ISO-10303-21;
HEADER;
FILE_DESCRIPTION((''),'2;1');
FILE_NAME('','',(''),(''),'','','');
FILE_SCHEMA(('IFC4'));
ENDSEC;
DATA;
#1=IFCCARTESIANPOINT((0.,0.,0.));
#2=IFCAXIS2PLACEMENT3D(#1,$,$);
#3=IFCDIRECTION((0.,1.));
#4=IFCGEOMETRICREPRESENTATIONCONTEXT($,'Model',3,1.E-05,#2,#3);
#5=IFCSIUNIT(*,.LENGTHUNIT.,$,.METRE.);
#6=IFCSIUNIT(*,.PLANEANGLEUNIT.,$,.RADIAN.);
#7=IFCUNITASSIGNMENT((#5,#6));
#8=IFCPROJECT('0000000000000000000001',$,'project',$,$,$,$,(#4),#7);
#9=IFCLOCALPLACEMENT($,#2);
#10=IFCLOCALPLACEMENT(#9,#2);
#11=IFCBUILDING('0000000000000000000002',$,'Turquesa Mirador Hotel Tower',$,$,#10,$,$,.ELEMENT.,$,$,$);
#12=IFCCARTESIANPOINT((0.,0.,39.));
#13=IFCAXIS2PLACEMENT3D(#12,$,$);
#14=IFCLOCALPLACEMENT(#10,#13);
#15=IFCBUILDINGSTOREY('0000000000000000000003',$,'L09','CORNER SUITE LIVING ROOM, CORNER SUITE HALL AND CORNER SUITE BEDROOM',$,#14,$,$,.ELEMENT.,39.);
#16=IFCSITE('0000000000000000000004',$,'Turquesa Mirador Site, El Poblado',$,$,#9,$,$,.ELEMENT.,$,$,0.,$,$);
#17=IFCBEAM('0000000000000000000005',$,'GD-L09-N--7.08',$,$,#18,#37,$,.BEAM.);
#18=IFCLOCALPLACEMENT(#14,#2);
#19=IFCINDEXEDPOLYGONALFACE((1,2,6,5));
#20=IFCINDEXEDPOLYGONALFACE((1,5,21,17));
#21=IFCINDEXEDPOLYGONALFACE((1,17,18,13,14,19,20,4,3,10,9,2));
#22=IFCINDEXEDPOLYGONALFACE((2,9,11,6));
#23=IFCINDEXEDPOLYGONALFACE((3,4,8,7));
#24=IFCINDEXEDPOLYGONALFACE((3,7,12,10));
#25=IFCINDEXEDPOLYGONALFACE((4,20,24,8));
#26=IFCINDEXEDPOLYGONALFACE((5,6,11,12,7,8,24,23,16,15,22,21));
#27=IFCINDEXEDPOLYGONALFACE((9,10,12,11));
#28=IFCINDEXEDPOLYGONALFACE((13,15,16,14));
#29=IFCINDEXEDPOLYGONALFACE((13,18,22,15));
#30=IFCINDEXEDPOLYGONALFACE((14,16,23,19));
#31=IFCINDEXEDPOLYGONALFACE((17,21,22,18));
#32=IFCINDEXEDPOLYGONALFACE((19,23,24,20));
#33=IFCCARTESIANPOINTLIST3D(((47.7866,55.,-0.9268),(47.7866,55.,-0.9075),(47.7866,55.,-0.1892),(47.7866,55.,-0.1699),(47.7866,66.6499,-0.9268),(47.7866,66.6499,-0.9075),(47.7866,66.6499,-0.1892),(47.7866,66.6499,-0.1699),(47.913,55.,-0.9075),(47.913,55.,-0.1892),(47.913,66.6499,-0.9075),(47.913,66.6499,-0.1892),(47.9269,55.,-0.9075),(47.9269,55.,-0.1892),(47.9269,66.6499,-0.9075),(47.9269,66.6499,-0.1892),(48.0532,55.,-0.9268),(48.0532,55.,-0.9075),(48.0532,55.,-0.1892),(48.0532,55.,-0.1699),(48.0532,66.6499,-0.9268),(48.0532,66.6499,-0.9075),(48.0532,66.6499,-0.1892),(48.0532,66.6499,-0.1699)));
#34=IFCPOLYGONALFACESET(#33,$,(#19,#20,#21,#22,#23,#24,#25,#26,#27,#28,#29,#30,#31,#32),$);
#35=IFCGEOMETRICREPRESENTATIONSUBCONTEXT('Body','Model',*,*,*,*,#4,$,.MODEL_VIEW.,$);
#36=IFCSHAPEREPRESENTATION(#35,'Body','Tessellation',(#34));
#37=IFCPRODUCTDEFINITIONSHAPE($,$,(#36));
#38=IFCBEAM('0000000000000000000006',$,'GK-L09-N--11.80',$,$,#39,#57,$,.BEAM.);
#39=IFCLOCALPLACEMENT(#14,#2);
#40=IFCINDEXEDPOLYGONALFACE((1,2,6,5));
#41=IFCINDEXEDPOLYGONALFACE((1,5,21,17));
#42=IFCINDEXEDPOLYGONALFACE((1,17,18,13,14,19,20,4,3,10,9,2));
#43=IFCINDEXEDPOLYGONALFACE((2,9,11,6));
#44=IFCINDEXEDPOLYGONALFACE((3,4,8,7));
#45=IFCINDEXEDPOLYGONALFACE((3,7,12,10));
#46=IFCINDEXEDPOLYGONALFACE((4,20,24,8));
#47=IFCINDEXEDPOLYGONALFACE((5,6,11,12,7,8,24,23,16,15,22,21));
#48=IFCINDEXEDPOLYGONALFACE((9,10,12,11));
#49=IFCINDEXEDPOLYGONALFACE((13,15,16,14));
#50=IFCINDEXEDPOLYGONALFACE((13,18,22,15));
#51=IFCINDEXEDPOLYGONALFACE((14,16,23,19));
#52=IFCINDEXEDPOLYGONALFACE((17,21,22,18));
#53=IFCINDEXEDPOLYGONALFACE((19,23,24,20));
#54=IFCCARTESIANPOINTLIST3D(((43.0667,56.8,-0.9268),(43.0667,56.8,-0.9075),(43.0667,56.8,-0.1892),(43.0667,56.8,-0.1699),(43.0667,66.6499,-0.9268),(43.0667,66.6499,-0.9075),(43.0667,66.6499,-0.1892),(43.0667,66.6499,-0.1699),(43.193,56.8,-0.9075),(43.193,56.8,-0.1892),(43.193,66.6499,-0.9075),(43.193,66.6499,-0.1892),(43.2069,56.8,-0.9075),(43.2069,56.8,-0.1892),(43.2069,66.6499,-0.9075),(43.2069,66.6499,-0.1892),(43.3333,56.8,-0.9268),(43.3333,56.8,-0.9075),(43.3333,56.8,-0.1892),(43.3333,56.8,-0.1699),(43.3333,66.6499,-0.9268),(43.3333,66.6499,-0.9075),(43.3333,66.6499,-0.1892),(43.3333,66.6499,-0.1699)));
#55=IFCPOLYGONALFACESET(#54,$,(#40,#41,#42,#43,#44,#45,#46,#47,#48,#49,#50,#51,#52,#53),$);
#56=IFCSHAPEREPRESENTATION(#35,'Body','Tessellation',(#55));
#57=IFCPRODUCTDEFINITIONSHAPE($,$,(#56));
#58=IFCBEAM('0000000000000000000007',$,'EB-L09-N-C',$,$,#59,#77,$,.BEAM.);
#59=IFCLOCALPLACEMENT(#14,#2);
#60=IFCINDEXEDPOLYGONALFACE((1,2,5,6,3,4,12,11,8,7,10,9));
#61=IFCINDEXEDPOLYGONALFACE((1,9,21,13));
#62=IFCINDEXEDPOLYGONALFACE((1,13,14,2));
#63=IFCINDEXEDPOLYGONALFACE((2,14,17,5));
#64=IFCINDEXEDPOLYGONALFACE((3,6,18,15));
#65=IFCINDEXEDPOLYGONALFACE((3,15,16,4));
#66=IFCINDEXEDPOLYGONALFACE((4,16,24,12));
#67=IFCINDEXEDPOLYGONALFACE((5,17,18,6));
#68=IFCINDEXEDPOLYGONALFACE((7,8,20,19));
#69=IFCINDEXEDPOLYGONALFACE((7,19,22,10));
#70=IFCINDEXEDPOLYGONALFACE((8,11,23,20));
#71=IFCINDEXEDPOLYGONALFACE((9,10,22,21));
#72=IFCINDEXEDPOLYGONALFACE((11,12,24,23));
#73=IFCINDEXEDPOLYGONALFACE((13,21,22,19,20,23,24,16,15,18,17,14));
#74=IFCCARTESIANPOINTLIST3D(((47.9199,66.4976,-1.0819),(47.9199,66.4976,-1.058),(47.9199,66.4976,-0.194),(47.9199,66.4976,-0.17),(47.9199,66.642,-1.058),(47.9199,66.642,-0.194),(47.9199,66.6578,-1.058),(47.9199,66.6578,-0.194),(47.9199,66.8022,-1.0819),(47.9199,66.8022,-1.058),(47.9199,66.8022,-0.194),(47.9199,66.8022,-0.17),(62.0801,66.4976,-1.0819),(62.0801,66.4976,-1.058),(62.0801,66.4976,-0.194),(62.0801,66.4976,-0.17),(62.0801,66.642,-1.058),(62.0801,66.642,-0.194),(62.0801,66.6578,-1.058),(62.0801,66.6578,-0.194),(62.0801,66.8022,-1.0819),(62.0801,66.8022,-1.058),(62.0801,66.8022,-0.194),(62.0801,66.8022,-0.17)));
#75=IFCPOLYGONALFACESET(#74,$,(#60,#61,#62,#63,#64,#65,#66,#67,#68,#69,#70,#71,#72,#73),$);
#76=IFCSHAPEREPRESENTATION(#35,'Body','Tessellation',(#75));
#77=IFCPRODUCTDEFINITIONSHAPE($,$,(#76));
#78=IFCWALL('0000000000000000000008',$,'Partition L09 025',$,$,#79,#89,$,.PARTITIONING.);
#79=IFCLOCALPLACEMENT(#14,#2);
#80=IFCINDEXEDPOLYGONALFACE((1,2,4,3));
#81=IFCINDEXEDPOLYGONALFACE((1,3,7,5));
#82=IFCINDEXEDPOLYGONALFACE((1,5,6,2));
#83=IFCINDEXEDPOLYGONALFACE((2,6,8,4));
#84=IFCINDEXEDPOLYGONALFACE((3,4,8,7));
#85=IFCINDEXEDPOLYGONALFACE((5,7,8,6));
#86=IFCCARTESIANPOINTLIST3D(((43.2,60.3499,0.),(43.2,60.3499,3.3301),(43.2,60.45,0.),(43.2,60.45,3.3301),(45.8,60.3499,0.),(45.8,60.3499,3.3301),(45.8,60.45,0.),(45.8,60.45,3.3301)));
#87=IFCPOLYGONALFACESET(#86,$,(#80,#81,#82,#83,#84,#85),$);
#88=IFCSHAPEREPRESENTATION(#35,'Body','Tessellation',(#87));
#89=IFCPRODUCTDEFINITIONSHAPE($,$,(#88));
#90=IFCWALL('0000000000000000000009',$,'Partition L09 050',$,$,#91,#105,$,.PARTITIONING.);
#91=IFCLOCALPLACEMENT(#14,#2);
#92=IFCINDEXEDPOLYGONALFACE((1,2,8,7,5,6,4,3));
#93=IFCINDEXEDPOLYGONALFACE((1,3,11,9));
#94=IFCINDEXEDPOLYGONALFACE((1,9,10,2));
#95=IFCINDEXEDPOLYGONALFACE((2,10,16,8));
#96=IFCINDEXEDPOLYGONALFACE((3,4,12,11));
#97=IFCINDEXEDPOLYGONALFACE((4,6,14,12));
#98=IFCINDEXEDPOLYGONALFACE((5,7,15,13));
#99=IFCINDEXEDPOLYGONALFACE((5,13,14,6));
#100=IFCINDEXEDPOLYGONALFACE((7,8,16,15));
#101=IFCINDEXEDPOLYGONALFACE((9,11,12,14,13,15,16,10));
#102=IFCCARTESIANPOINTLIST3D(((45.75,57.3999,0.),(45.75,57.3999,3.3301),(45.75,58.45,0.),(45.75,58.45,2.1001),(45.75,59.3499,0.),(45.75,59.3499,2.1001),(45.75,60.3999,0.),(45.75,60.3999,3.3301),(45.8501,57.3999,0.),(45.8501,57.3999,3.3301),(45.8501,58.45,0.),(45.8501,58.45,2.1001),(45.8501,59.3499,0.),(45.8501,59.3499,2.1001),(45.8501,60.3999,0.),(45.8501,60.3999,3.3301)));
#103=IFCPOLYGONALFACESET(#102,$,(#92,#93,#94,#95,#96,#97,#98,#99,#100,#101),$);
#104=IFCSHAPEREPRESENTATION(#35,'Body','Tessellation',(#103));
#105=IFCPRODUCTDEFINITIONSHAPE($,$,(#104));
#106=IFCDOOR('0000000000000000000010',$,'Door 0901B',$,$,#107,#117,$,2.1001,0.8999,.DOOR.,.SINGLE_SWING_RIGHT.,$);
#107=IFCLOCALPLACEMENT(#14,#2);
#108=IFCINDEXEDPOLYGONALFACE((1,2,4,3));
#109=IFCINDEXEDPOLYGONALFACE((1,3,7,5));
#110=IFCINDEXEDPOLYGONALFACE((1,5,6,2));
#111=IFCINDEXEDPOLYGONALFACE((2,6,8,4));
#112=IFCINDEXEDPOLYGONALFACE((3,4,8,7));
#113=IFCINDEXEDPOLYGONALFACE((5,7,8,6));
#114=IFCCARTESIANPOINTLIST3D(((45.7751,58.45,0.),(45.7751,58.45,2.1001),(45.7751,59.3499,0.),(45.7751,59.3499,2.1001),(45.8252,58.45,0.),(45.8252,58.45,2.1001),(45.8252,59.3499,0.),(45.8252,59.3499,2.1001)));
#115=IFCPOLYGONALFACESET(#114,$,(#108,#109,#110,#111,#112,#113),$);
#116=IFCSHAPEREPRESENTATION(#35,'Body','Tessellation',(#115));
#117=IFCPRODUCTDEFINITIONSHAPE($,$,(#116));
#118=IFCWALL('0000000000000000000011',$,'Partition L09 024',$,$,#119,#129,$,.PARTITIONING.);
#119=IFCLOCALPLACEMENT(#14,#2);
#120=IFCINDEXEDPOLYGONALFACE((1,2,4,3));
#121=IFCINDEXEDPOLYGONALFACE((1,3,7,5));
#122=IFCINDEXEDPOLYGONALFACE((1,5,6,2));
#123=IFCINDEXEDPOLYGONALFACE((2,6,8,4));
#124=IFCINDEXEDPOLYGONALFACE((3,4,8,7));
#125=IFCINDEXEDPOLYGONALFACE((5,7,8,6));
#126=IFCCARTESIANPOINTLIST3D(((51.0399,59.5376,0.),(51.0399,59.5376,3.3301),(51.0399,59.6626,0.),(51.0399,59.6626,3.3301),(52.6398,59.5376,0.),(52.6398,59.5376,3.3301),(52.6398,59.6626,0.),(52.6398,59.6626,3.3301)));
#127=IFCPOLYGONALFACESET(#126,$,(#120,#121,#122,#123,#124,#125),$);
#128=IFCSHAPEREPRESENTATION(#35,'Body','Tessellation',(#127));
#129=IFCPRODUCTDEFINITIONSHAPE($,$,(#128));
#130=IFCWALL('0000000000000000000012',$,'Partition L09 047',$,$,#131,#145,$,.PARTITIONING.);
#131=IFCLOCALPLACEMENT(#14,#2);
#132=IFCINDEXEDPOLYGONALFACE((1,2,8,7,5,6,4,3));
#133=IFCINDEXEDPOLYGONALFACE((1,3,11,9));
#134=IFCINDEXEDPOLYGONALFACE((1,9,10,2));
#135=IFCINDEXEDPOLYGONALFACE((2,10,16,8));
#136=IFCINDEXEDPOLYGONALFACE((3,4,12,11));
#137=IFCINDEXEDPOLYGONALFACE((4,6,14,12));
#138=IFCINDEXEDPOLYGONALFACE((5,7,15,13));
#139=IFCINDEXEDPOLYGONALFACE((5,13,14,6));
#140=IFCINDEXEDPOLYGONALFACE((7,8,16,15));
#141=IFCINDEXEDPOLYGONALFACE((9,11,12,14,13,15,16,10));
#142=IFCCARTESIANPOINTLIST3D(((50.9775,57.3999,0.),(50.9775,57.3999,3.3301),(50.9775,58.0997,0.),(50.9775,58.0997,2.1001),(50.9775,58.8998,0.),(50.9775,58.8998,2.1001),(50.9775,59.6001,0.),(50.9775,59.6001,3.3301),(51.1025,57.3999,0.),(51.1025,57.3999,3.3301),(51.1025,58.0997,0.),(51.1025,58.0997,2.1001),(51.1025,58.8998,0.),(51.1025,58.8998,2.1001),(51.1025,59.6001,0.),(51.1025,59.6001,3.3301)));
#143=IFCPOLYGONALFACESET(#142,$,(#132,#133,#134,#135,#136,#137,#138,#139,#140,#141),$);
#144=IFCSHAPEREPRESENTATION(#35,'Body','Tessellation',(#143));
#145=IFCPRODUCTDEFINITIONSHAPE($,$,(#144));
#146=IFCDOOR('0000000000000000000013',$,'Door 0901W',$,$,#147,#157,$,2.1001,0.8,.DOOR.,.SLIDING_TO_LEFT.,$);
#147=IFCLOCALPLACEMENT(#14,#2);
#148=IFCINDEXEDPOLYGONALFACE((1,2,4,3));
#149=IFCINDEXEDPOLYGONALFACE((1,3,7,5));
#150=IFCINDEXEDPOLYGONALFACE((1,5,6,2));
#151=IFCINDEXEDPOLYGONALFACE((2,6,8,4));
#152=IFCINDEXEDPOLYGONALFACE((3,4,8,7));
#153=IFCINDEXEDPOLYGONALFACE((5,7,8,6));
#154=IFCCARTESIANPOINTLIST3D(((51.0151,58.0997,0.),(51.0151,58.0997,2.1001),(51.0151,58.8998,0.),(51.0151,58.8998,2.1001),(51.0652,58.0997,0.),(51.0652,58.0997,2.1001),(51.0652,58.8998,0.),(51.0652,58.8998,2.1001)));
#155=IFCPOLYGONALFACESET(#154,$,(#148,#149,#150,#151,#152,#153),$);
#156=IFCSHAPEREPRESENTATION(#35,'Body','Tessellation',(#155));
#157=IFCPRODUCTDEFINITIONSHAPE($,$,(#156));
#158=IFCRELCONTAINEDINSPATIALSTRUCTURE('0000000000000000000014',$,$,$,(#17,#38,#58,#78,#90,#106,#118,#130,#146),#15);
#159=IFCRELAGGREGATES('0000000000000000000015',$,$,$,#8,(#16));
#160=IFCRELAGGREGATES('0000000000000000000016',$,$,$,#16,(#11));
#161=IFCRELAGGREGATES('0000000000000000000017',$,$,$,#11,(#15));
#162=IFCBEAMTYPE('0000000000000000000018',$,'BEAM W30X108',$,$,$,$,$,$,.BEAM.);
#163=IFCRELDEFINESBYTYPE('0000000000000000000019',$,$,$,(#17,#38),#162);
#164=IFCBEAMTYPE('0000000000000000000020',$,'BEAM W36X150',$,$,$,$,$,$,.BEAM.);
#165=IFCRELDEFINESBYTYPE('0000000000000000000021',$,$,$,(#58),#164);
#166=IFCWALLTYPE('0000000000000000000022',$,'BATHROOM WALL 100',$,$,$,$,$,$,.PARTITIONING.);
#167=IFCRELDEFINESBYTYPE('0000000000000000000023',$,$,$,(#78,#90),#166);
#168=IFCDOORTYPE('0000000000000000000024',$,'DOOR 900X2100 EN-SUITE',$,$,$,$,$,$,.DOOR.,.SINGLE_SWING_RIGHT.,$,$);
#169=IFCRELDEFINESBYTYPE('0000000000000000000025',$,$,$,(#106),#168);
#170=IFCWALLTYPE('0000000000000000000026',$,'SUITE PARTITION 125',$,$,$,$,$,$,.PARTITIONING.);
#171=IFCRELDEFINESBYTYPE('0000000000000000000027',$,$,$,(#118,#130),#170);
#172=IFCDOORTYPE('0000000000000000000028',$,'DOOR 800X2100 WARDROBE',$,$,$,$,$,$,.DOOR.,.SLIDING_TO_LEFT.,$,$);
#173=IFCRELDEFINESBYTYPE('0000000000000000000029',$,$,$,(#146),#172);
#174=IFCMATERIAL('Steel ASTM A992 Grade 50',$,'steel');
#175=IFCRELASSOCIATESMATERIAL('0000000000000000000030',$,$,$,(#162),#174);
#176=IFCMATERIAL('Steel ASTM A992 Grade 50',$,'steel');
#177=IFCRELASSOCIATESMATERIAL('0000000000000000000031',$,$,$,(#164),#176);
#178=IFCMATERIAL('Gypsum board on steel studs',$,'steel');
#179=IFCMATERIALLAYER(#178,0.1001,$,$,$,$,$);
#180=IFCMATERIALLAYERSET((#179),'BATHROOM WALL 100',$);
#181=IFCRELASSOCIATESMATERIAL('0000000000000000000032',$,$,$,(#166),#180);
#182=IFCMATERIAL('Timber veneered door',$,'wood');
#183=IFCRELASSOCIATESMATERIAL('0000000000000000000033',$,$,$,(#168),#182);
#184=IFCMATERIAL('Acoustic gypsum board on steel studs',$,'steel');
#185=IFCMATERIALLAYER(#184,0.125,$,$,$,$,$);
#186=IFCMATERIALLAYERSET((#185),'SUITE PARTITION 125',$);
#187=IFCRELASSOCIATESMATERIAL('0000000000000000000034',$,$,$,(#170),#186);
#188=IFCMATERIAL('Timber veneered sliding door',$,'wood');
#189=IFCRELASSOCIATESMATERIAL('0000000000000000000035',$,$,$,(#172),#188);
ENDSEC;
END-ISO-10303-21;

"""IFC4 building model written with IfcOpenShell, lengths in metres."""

from ifc_helpers import new_model, si_unit, direction, frame, frame_2d, origin, origin_2d, place, context, subcontext, project, spatial, rectangle, i_section, extrude, material, layer, layer_set, material_profile, profile_set, type_object, element, fill, save


model = new_model("IFC4")

# Units and contexts
model_context = context("Model", 3, precision=1e-05, world=origin(), true_north=direction((0.0, 1.0)))
body_context = subcontext(model_context, "Body", "Model", "MODEL_VIEW")
ifc_project = project(units=[si_unit("LENGTHUNIT", "METRE"), si_unit("PLANEANGLEUNIT", "RADIAN")], contexts=[model_context])

# Site, building, storey
site_placement = place(None, origin())
site = spatial("IfcSite", under=ifc_project, at=site_placement, Name="Turquesa Mirador Site, El Poblado", CompositionType="ELEMENT", RefElevation=0.0)
building_placement = place(site_placement, origin())
building = spatial("IfcBuilding", under=site, at=building_placement, Name="Turquesa Mirador Hotel Tower", CompositionType="ELEMENT")
storey_placement = place(building_placement, frame((0.0, 0.0, 39.0)))
storey = spatial("IfcBuildingStorey", under=building, at=storey_placement, Name="L09", Description="CORNER SUITE LIVING ROOM, CORNER SUITE HALL AND CORNER SUITE BEDROOM", CompositionType="ELEMENT", Elevation=39.0)

# Beams
ifc_material_1 = material(Name="Steel ASTM A992 Grade 50", Category="steel")
ifc_material_profile_1 = material_profile(ifc_material_1, i_section(OverallWidth=0.2666, OverallDepth=0.7568, WebThickness=0.0139, FlangeThickness=0.0193, at=origin_2d()), Name="W30X108")
ifc_profile_set_1 = profile_set([ifc_material_profile_1], Name="Steel ASTM A992 Grade 50")
beam_type_1 = type_object("IfcBeamType", Name="BEAM W30X108", PredefinedType="BEAM", material=ifc_profile_set_1)
beam_1_placement = place(storey_placement, frame((47.9199, 66.6499, -0.5483), z_axis=(0.0, -1.0, 0.0), x_axis=(1.0, 0.0, 0.0)))
element("IfcBeam", 1, at=beam_1_placement, inside=storey, type_object=beam_type_1, Name="GD-L09-N--7.08", PredefinedType="BEAM", context=body_context, shape_type="SweptSolid", body=[
    extrude(i_section(OverallWidth=0.2666, OverallDepth=0.7568, WebThickness=0.0139, FlangeThickness=0.0193, at=origin_2d()), origin(), (0.0, 0.0, 1.0), 11.6499),
])
beam_2_placement = place(storey_placement, frame((43.2, 66.6499, -0.5483), z_axis=(0.0, -1.0, 0.0), x_axis=(1.0, 0.0, 0.0)))
element("IfcBeam", 2, at=beam_2_placement, inside=storey, type_object=beam_type_1, Name="GK-L09-N--11.80", PredefinedType="BEAM", context=body_context, shape_type="SweptSolid", body=[
    extrude(i_section(OverallWidth=0.2666, OverallDepth=0.7568, WebThickness=0.0139, FlangeThickness=0.0193, at=origin_2d()), origin(), (0.0, 0.0, 1.0), 9.8499),
])
ifc_material_2 = material(Name="Steel ASTM A992 Grade 50", Category="steel")
ifc_material_profile_2 = material_profile(ifc_material_2, i_section(OverallWidth=0.3047, OverallDepth=0.9119, WebThickness=0.0159, FlangeThickness=0.0239, at=origin_2d()), Name="W36X150")
ifc_profile_set_2 = profile_set([ifc_material_profile_2], Name="Steel ASTM A992 Grade 50")
beam_type_2 = type_object("IfcBeamType", Name="BEAM W36X150", PredefinedType="BEAM", material=ifc_profile_set_2)
beam_3_placement = place(storey_placement, frame((47.9199, 66.6499, -0.626), z_axis=(1.0, 0.0, 0.0), x_axis=(0.0, 1.0, 0.0)))
element("IfcBeam", 3, at=beam_3_placement, inside=storey, type_object=beam_type_2, Name="EB-L09-N-C", PredefinedType="BEAM", context=body_context, shape_type="SweptSolid", body=[
    extrude(i_section(OverallWidth=0.3047, OverallDepth=0.9119, WebThickness=0.0159, FlangeThickness=0.0239, at=origin_2d()), origin(), (0.0, 0.0, 1.0), 14.1602),
])

# Wall
ifc_material_3 = material(Name="Gypsum board on steel studs", Category="steel")
ifc_layer_1 = layer(ifc_material_3, 0.1001)
ifc_layer_set_1 = layer_set([ifc_layer_1], Name="BATHROOM WALL 100")
wall_type_1 = type_object("IfcWallType", Name="BATHROOM WALL 100", PredefinedType="PARTITIONING", material=ifc_layer_set_1)
wall_1_placement = place(storey_placement, frame((43.2, 60.3999, 0.0), z_axis=(0.0, 0.0, 1.0), x_axis=(1.0, 0.0, 0.0)))
element("IfcWall", 4, at=wall_1_placement, inside=storey, type_object=wall_type_1, Name="Partition L09 025", PredefinedType="PARTITIONING", context=body_context, shape_type="SweptSolid", body=[
    extrude(rectangle(XDim=2.6001, YDim=0.1001, at=frame_2d((1.3, 0.0))), origin(), (0.0, 0.0, 1.0), 3.3301),
])

# Wall, opening, door
wall_2_placement = place(storey_placement, frame((45.8, 57.3999, 0.0), z_axis=(0.0, 0.0, 1.0), x_axis=(0.0, 1.0, 0.0)))
wall_2 = element("IfcWall", 5, at=wall_2_placement, inside=storey, type_object=wall_type_1, Name="Partition L09 050", PredefinedType="PARTITIONING", context=body_context, shape_type="SweptSolid", body=[
    extrude(rectangle(XDim=3.0, YDim=0.1001, at=frame_2d((1.5, 0.0))), origin(), (0.0, 0.0, 1.0), 3.3301),
])
opening_1_placement = place(wall_2_placement, frame((1.05, 0.0, 0.0)))
opening_1 = element("IfcOpeningElement", 6, at=opening_1_placement, cuts=wall_2, PredefinedType="OPENING", context=body_context, shape_type="SweptSolid", body=[
    extrude(rectangle(XDim=0.8999, YDim=2.1001, at=frame_2d((0.45, 1.05))), frame((0.0, 0.0601, 0.0), z_axis=(0.0, -1.0, 0.0), x_axis=(1.0, 0.0, 0.0)), (0.0, 0.0, 1.0), 0.1201),
])
ifc_material_4 = material(Name="Timber veneered door", Category="wood")
door_type_1 = type_object("IfcDoorType", Name="DOOR 900X2100 EN-SUITE", OperationType="SINGLE_SWING_RIGHT", PredefinedType="DOOR", material=ifc_material_4)
door_1_placement = place(opening_1_placement, origin())
door_1 = element("IfcDoor", 7, at=door_1_placement, inside=storey, type_object=door_type_1, Name="Door 0901B", OperationType="SINGLE_SWING_RIGHT", OverallHeight=2.1001, OverallWidth=0.8999, PredefinedType="DOOR", context=body_context, shape_type="SweptSolid", body=[
    extrude(rectangle(XDim=0.8999, YDim=2.1001, at=frame_2d((0.45, 1.05))), frame((0.0, 0.0249, 0.0), z_axis=(0.0, -1.0, 0.0), x_axis=(1.0, 0.0, 0.0)), (0.0, 0.0, 1.0), 0.05),
])
fill(opening_1, door_1)

# Wall
ifc_material_5 = material(Name="Acoustic gypsum board on steel studs", Category="steel")
ifc_layer_2 = layer(ifc_material_5, 0.125)
ifc_layer_set_2 = layer_set([ifc_layer_2], Name="SUITE PARTITION 125")
wall_type_2 = type_object("IfcWallType", Name="SUITE PARTITION 125", PredefinedType="PARTITIONING", material=ifc_layer_set_2)
wall_3_placement = place(storey_placement, frame((51.04, 59.6001, 0.0), z_axis=(0.0, 0.0, 1.0), x_axis=(1.0, 0.0, 0.0)))
element("IfcWall", 8, at=wall_3_placement, inside=storey, type_object=wall_type_2, Name="Partition L09 024", PredefinedType="PARTITIONING", context=body_context, shape_type="SweptSolid", body=[
    extrude(rectangle(XDim=1.5999, YDim=0.125, at=frame_2d((0.7998, 0.0))), origin(), (0.0, 0.0, 1.0), 3.3301),
])

# Wall, opening, door
wall_4_placement = place(storey_placement, frame((51.04, 57.3999, 0.0), z_axis=(0.0, 0.0, 1.0), x_axis=(0.0, 1.0, 0.0)))
wall_4 = element("IfcWall", 9, at=wall_4_placement, inside=storey, type_object=wall_type_2, Name="Partition L09 047", PredefinedType="PARTITIONING", context=body_context, shape_type="SweptSolid", body=[
    extrude(rectangle(XDim=2.2002, YDim=0.125, at=frame_2d((1.1001, 0.0))), origin(), (0.0, 0.0, 1.0), 3.3301),
])
opening_2_placement = place(wall_4_placement, frame((0.7, 0.0, 0.0)))
opening_2 = element("IfcOpeningElement", 10, at=opening_2_placement, cuts=wall_4, PredefinedType="OPENING", context=body_context, shape_type="SweptSolid", body=[
    extrude(rectangle(XDim=0.8, YDim=2.1001, at=frame_2d((0.3999, 1.05))), frame((0.0, 0.0725, 0.0), z_axis=(0.0, -1.0, 0.0), x_axis=(1.0, 0.0, 0.0)), (0.0, 0.0, 1.0), 0.145),
])
ifc_material_6 = material(Name="Timber veneered sliding door", Category="wood")
door_type_2 = type_object("IfcDoorType", Name="DOOR 800X2100 WARDROBE", OperationType="SLIDING_TO_LEFT", PredefinedType="DOOR", material=ifc_material_6)
door_2_placement = place(opening_2_placement, origin())
door_2 = element("IfcDoor", 11, at=door_2_placement, inside=storey, type_object=door_type_2, Name="Door 0901W", OperationType="SLIDING_TO_LEFT", OverallHeight=2.1001, OverallWidth=0.8, PredefinedType="DOOR", context=body_context, shape_type="SweptSolid", body=[
    extrude(rectangle(XDim=0.8, YDim=2.1001, at=frame_2d((0.3999, 1.05))), frame((0.0, 0.0249, 0.0), z_axis=(0.0, -1.0, 0.0), x_axis=(1.0, 0.0, 0.0)), (0.0, 0.0, 1.0), 0.05),
])
fill(opening_2, door_2)

save(model, "model.ifc")
